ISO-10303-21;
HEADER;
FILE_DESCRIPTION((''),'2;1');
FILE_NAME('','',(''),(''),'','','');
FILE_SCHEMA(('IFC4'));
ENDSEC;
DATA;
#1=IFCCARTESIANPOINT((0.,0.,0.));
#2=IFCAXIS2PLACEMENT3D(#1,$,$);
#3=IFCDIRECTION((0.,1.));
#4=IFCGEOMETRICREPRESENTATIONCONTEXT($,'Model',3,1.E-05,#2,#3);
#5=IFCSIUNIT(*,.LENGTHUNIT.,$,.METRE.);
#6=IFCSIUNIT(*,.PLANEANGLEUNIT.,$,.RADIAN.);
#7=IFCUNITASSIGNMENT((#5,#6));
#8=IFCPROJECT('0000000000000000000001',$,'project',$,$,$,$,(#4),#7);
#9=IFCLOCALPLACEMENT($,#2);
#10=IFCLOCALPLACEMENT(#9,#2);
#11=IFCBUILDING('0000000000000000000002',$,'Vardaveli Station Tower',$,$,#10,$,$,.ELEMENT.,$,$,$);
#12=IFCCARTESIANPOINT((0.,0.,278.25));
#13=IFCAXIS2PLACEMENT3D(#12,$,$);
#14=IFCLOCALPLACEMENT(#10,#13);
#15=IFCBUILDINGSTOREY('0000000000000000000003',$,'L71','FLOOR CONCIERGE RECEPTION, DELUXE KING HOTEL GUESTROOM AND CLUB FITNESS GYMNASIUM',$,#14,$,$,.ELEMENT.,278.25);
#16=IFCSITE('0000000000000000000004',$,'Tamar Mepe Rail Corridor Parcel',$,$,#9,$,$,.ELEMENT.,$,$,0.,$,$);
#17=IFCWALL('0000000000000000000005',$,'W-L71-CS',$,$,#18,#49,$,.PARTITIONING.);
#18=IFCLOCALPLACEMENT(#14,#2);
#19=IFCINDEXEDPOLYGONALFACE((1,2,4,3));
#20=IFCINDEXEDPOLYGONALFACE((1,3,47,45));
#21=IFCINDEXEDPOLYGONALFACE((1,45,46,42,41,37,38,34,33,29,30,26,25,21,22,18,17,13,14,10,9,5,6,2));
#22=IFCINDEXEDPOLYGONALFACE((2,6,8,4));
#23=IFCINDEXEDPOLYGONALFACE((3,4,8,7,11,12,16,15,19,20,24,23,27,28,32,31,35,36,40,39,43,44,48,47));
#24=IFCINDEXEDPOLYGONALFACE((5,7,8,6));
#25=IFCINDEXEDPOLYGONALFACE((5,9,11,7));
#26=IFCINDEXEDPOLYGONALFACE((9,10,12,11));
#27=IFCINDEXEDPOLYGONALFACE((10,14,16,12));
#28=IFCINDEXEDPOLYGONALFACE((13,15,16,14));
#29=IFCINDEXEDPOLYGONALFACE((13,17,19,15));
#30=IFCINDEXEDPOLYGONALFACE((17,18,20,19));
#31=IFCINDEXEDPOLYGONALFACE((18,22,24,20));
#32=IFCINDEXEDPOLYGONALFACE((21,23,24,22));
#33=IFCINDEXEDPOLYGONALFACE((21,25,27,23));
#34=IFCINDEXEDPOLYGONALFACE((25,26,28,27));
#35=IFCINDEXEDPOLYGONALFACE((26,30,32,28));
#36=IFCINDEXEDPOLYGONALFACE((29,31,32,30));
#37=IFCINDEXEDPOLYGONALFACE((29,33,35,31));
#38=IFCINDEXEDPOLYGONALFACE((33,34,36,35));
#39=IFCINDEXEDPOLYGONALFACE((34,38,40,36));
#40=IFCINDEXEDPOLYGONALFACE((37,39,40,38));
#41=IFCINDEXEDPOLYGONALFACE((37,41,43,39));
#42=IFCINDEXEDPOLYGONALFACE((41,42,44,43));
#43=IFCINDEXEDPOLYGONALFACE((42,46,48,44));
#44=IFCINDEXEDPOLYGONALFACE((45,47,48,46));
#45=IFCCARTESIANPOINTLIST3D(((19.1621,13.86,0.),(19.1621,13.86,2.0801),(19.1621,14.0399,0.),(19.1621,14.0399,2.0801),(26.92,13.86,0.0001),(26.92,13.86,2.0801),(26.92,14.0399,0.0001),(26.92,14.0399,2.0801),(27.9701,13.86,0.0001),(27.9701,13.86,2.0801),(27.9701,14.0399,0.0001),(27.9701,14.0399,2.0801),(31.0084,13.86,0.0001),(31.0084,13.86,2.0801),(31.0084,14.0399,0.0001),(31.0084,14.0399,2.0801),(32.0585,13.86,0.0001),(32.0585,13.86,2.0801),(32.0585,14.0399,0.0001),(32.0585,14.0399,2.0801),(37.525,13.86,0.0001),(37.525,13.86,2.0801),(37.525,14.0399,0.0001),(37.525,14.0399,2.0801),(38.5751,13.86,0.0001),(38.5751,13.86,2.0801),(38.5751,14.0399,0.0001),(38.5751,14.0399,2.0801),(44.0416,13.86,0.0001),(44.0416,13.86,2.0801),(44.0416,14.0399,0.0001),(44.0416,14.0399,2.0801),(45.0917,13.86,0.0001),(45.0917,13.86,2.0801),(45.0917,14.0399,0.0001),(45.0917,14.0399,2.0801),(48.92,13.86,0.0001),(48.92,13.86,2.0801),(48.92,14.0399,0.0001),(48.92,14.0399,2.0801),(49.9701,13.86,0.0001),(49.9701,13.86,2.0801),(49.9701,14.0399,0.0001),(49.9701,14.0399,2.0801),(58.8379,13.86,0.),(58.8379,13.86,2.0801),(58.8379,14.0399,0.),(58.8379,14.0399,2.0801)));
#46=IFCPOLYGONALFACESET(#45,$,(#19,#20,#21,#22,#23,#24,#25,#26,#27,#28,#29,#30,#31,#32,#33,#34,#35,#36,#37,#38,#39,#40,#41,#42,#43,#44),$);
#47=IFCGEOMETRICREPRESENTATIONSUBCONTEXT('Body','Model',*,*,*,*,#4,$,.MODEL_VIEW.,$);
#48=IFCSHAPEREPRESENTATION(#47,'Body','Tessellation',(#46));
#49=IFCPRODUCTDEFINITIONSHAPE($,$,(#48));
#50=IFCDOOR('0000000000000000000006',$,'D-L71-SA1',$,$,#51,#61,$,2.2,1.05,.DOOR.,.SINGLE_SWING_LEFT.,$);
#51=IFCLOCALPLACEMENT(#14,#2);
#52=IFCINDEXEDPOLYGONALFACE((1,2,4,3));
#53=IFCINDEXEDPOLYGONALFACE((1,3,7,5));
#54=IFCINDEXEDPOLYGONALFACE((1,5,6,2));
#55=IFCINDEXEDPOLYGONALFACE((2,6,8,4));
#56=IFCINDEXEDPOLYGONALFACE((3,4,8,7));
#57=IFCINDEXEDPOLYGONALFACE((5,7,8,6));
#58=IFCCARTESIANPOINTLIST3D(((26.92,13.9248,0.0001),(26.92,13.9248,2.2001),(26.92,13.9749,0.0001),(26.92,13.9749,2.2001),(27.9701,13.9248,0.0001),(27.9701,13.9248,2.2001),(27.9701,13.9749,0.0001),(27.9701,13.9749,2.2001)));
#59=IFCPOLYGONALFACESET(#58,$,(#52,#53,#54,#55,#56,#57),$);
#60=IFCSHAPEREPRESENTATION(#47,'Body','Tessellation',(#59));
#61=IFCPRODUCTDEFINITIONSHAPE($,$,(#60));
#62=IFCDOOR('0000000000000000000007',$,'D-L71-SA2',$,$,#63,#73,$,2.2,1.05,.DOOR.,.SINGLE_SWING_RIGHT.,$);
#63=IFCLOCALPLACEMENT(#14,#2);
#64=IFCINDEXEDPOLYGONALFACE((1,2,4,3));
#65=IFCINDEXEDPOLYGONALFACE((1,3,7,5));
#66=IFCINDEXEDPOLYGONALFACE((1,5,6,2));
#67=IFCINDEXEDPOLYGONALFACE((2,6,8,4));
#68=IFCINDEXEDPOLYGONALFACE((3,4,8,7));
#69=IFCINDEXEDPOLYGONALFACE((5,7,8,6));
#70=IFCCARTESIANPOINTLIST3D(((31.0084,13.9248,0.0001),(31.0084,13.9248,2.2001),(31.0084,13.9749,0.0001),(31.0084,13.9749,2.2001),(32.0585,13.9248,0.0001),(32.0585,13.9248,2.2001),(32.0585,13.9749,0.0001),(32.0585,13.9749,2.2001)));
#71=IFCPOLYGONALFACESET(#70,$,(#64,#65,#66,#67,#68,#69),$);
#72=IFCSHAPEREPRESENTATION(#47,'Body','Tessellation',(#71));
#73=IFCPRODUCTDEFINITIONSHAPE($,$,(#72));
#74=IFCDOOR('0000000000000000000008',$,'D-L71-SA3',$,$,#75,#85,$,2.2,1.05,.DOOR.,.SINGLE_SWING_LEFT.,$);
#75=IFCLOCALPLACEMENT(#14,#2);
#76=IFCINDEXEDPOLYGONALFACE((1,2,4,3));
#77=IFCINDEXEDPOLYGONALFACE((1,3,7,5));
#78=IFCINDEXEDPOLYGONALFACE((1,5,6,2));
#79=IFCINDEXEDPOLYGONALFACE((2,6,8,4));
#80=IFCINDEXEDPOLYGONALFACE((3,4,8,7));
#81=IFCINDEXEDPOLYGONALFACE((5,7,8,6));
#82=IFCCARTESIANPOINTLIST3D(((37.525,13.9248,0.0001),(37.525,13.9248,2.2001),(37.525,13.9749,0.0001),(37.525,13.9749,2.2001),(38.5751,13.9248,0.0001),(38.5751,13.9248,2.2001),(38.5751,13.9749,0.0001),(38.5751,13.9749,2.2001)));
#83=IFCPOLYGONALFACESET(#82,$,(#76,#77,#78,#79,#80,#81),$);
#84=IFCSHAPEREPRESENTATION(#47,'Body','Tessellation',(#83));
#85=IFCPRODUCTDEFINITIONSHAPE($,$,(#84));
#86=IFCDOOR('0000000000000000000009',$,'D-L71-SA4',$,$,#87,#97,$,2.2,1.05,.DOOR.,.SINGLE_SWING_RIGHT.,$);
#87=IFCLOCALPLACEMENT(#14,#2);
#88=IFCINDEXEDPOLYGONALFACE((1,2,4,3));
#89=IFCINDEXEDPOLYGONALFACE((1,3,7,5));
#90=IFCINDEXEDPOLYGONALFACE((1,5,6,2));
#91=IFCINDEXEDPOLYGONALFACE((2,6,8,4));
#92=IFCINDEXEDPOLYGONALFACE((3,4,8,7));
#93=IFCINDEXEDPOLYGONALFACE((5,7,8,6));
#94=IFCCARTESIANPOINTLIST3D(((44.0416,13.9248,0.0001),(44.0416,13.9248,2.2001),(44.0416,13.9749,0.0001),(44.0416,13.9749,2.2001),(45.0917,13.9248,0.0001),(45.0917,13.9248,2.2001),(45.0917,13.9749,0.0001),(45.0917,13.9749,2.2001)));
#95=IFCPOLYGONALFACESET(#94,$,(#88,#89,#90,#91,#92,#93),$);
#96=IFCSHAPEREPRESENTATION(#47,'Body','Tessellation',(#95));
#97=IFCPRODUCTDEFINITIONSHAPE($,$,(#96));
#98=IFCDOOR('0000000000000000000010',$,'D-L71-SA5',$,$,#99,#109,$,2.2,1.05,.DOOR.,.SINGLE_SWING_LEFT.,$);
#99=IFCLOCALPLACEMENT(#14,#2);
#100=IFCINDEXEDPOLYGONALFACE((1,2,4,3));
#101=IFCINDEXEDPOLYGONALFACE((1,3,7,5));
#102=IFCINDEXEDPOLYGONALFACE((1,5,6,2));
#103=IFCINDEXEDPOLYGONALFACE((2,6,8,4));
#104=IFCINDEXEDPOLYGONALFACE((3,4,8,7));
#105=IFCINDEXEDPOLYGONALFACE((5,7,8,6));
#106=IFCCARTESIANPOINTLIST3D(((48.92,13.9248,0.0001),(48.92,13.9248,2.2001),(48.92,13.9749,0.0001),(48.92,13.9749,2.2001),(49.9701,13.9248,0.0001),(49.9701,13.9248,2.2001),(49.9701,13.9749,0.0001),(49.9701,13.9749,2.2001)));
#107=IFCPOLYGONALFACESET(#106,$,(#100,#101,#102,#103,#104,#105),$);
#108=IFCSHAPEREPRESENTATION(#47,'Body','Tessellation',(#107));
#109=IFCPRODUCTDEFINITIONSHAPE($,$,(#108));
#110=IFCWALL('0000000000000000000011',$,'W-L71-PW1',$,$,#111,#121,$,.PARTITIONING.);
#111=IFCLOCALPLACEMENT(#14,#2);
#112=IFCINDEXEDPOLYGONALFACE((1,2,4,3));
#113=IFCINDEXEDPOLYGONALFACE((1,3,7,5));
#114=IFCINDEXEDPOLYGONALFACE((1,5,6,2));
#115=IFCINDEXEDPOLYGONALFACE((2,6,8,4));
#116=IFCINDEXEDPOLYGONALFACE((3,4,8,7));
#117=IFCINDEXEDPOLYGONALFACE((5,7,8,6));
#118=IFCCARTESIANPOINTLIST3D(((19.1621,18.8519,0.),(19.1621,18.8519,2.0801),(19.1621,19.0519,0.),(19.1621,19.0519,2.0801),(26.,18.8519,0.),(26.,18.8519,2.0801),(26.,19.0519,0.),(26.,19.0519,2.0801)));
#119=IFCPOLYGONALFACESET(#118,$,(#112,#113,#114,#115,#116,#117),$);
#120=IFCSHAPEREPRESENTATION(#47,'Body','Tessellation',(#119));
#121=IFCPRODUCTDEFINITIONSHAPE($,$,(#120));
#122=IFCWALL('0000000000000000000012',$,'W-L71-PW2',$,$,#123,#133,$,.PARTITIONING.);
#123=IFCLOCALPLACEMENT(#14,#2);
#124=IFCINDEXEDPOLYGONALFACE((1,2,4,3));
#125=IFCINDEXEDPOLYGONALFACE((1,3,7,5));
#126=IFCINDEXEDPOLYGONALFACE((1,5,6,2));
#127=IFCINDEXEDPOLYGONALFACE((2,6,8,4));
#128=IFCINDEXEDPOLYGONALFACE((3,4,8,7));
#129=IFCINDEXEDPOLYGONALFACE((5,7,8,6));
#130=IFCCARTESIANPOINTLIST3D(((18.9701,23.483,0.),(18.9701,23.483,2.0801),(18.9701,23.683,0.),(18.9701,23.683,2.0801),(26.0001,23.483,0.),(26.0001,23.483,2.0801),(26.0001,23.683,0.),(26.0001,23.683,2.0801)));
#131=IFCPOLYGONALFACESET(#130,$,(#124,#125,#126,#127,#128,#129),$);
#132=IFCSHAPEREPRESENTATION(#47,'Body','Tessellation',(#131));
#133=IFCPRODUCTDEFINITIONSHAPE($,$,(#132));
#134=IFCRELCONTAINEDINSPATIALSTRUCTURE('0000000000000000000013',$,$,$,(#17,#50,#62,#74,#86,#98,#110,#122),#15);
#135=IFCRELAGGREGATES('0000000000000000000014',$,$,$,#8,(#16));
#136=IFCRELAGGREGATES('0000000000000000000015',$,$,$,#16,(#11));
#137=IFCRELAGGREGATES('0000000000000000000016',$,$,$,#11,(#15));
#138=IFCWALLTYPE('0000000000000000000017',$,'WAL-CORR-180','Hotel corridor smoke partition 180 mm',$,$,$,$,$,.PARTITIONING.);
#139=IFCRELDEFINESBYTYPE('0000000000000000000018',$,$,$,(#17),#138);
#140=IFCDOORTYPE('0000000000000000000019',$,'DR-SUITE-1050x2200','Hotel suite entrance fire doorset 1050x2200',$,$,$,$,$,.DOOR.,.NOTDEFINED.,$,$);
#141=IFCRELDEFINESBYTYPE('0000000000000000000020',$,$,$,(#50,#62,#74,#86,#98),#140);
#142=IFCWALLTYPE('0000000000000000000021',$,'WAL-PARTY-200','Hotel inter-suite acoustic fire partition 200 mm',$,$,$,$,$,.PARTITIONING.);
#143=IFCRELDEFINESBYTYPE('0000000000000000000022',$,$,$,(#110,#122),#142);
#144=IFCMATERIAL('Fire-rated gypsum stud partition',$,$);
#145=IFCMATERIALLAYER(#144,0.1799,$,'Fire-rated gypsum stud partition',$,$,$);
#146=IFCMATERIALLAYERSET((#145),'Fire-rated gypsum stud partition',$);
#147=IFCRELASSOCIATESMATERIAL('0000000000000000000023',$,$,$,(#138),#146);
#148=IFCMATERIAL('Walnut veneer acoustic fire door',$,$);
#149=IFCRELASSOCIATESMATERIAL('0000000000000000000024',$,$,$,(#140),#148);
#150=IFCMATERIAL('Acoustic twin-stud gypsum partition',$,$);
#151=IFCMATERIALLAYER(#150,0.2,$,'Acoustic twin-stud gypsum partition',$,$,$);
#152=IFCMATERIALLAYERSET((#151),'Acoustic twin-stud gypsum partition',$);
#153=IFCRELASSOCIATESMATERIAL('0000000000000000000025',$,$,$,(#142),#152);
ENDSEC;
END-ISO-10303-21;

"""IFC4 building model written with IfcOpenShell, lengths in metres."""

from ifc_helpers import new_model, si_unit, direction, frame, frame_2d, origin, place, context, subcontext, project, spatial, rectangle, extrude, source, transform, mapped, material, layer, layer_set, type_object, element, fill, save


model = new_model("IFC4")

# Units and contexts
model_context = context("Model", 3, precision=1e-05, world=origin(), true_north=direction((0.0, 1.0)))
body_context = subcontext(model_context, "Body", "Model", "MODEL_VIEW")
ifc_project = project(units=[si_unit("LENGTHUNIT", "METRE"), si_unit("PLANEANGLEUNIT", "RADIAN")], contexts=[model_context])

# Site, building, storey
site_placement = place(None, origin())
site = spatial("IfcSite", under=ifc_project, at=site_placement, Name="Tamar Mepe Rail Corridor Parcel", CompositionType="ELEMENT", RefElevation=0.0)
building_placement = place(site_placement, origin())
building = spatial("IfcBuilding", under=site, at=building_placement, Name="Vardaveli Station Tower", CompositionType="ELEMENT")
storey_placement = place(building_placement, frame((0.0, 0.0, 278.25)))
storey = spatial("IfcBuildingStorey", under=building, at=storey_placement, Name="L71", Description="FLOOR CONCIERGE RECEPTION, DELUXE KING HOTEL GUESTROOM AND CLUB FITNESS GYMNASIUM", CompositionType="ELEMENT", Elevation=278.25)

# Wall, openings, doors
ifc_material_1 = material(Name="Fire-rated gypsum stud partition")
ifc_layer_1 = layer(ifc_material_1, 0.1799, Name="Fire-rated gypsum stud partition")
ifc_layer_set_1 = layer_set([ifc_layer_1], Name="Fire-rated gypsum stud partition")
wall_type_1 = type_object("IfcWallType", Name="WAL-CORR-180", Description="Hotel corridor smoke partition 180 mm", PredefinedType="PARTITIONING", material=ifc_layer_set_1)
shared_shape_1 = source(origin(), body_context, "Body", "SweptSolid", [
    extrude(rectangle(XDim=39.6758, YDim=0.1799, at=frame_2d((19.8379, 0.0))), origin(), (0.0, 0.0, 1.0), 2.0801),
])
wall_1_placement = place(storey_placement, frame((19.1621, 13.95, 0.0), z_axis=(0.0, 0.0, 1.0), x_axis=(1.0, 0.0, 0.0)))
wall_1 = element("IfcWall", 1, at=wall_1_placement, inside=storey, type_object=wall_type_1, Name="W-L71-CS", PredefinedType="PARTITIONING", context=body_context, shape_type="MappedRepresentation", body=[
    mapped(shared_shape_1, transform((0.0, 0.0, 0.0), scale=1.0)),
])
shared_shape_2 = source(origin(), body_context, "Body", "SweptSolid", [
    extrude(rectangle(XDim=1.05, YDim=2.2, at=frame_2d((0.5249, 1.1001))), frame((0.0, 0.1001, 0.0), z_axis=(0.0, -1.0, 0.0), x_axis=(1.0, 0.0, 0.0)), (0.0, 0.0, 1.0), 0.2),
])
opening_1_placement = place(wall_1_placement, frame((7.7581, 0.0, 0.0)))
opening_1 = element("IfcOpeningElement", 2, at=opening_1_placement, cuts=wall_1, PredefinedType="OPENING", context=body_context, shape_type="MappedRepresentation", body=[
    mapped(shared_shape_2, transform((0.0, 0.0, 0.0), scale=1.0)),
])
opening_2_placement = place(wall_1_placement, frame((11.8464, 0.0, 0.0)))
opening_2 = element("IfcOpeningElement", 3, at=opening_2_placement, cuts=wall_1, PredefinedType="OPENING", context=body_context, shape_type="MappedRepresentation", body=[
    mapped(shared_shape_2, transform((0.0, 0.0, 0.0), scale=1.0)),
])
opening_3_placement = place(wall_1_placement, frame((18.363, 0.0, 0.0)))
opening_3 = element("IfcOpeningElement", 4, at=opening_3_placement, cuts=wall_1, PredefinedType="OPENING", context=body_context, shape_type="MappedRepresentation", body=[
    mapped(shared_shape_2, transform((0.0, 0.0, 0.0), scale=1.0)),
])
opening_4_placement = place(wall_1_placement, frame((24.8796, 0.0, 0.0)))
opening_4 = element("IfcOpeningElement", 5, at=opening_4_placement, cuts=wall_1, PredefinedType="OPENING", context=body_context, shape_type="MappedRepresentation", body=[
    mapped(shared_shape_2, transform((0.0, 0.0, 0.0), scale=1.0)),
])
opening_5_placement = place(wall_1_placement, frame((29.7581, 0.0, 0.0)))
opening_5 = element("IfcOpeningElement", 6, at=opening_5_placement, cuts=wall_1, PredefinedType="OPENING", context=body_context, shape_type="MappedRepresentation", body=[
    mapped(shared_shape_2, transform((0.0, 0.0, 0.0), scale=1.0)),
])
ifc_material_2 = material(Name="Walnut veneer acoustic fire door")
door_type_1 = type_object("IfcDoorType", Name="DR-SUITE-1050x2200", Description="Hotel suite entrance fire doorset 1050x2200", OperationType="NOTDEFINED", PredefinedType="DOOR", material=ifc_material_2)
shared_shape_3 = source(origin(), body_context, "Body", "SweptSolid", [
    extrude(rectangle(XDim=1.05, YDim=2.2, at=frame_2d((0.5249, 1.1001))), frame((0.0, 0.0249, 0.0), z_axis=(0.0, -1.0, 0.0), x_axis=(1.0, 0.0, 0.0)), (0.0, 0.0, 1.0), 0.05),
])
door_1_placement = place(opening_1_placement, origin())
door_1 = element("IfcDoor", 7, at=door_1_placement, inside=storey, type_object=door_type_1, Name="D-L71-SA1", OperationType="SINGLE_SWING_LEFT", OverallHeight=2.2, OverallWidth=1.05, PredefinedType="DOOR", context=body_context, shape_type="MappedRepresentation", body=[
    mapped(shared_shape_3, transform((0.0, 0.0, 0.0), scale=1.0)),
])
fill(opening_1, door_1)
door_2_placement = place(opening_2_placement, origin())
door_2 = element("IfcDoor", 8, at=door_2_placement, inside=storey, type_object=door_type_1, Name="D-L71-SA2", OperationType="SINGLE_SWING_RIGHT", OverallHeight=2.2, OverallWidth=1.05, PredefinedType="DOOR", context=body_context, shape_type="MappedRepresentation", body=[
    mapped(shared_shape_3, transform((0.0, 0.0, 0.0), scale=1.0)),
])
fill(opening_2, door_2)
door_3_placement = place(opening_3_placement, origin())
door_3 = element("IfcDoor", 9, at=door_3_placement, inside=storey, type_object=door_type_1, Name="D-L71-SA3", OperationType="SINGLE_SWING_LEFT", OverallHeight=2.2, OverallWidth=1.05, PredefinedType="DOOR", context=body_context, shape_type="MappedRepresentation", body=[
    mapped(shared_shape_3, transform((0.0, 0.0, 0.0), scale=1.0)),
])
fill(opening_3, door_3)
door_4_placement = place(opening_4_placement, origin())
door_4 = element("IfcDoor", 10, at=door_4_placement, inside=storey, type_object=door_type_1, Name="D-L71-SA4", OperationType="SINGLE_SWING_RIGHT", OverallHeight=2.2, OverallWidth=1.05, PredefinedType="DOOR", context=body_context, shape_type="MappedRepresentation", body=[
    mapped(shared_shape_3, transform((0.0, 0.0, 0.0), scale=1.0)),
])
fill(opening_4, door_4)
door_5_placement = place(opening_5_placement, origin())
door_5 = element("IfcDoor", 11, at=door_5_placement, inside=storey, type_object=door_type_1, Name="D-L71-SA5", OperationType="SINGLE_SWING_LEFT", OverallHeight=2.2, OverallWidth=1.05, PredefinedType="DOOR", context=body_context, shape_type="MappedRepresentation", body=[
    mapped(shared_shape_3, transform((0.0, 0.0, 0.0), scale=1.0)),
])
fill(opening_5, door_5)

# Walls
ifc_material_3 = material(Name="Acoustic twin-stud gypsum partition")
ifc_layer_2 = layer(ifc_material_3, 0.2, Name="Acoustic twin-stud gypsum partition")
ifc_layer_set_2 = layer_set([ifc_layer_2], Name="Acoustic twin-stud gypsum partition")
wall_type_2 = type_object("IfcWallType", Name="WAL-PARTY-200", Description="Hotel inter-suite acoustic fire partition 200 mm", PredefinedType="PARTITIONING", material=ifc_layer_set_2)
shared_shape_4 = source(origin(), body_context, "Body", "SweptSolid", [
    extrude(rectangle(XDim=6.8379, YDim=0.2, at=frame_2d((3.4189, 0.0))), origin(), (0.0, 0.0, 1.0), 2.0801),
])
wall_2_placement = place(storey_placement, frame((19.1621, 18.9519, 0.0), z_axis=(0.0, 0.0, 1.0), x_axis=(1.0, 0.0, 0.0)))
element("IfcWall", 12, at=wall_2_placement, inside=storey, type_object=wall_type_2, Name="W-L71-PW1", PredefinedType="PARTITIONING", context=body_context, shape_type="MappedRepresentation", body=[
    mapped(shared_shape_4, transform((0.0, 0.0, 0.0), scale=1.0)),
])
shared_shape_5 = source(origin(), body_context, "Body", "SweptSolid", [
    extrude(rectangle(XDim=7.03, YDim=0.2, at=frame_2d((3.5151, 0.0))), origin(), (0.0, 0.0, 1.0), 2.0801),
])
wall_3_placement = place(storey_placement, frame((18.97, 23.583, 0.0), z_axis=(0.0, 0.0, 1.0), x_axis=(1.0, 0.0, 0.0)))
element("IfcWall", 13, at=wall_3_placement, inside=storey, type_object=wall_type_2, Name="W-L71-PW2", PredefinedType="PARTITIONING", context=body_context, shape_type="MappedRepresentation", body=[
    mapped(shared_shape_5, transform((0.0, 0.0, 0.0), scale=1.0)),
])

save(model, "model.ifc")
